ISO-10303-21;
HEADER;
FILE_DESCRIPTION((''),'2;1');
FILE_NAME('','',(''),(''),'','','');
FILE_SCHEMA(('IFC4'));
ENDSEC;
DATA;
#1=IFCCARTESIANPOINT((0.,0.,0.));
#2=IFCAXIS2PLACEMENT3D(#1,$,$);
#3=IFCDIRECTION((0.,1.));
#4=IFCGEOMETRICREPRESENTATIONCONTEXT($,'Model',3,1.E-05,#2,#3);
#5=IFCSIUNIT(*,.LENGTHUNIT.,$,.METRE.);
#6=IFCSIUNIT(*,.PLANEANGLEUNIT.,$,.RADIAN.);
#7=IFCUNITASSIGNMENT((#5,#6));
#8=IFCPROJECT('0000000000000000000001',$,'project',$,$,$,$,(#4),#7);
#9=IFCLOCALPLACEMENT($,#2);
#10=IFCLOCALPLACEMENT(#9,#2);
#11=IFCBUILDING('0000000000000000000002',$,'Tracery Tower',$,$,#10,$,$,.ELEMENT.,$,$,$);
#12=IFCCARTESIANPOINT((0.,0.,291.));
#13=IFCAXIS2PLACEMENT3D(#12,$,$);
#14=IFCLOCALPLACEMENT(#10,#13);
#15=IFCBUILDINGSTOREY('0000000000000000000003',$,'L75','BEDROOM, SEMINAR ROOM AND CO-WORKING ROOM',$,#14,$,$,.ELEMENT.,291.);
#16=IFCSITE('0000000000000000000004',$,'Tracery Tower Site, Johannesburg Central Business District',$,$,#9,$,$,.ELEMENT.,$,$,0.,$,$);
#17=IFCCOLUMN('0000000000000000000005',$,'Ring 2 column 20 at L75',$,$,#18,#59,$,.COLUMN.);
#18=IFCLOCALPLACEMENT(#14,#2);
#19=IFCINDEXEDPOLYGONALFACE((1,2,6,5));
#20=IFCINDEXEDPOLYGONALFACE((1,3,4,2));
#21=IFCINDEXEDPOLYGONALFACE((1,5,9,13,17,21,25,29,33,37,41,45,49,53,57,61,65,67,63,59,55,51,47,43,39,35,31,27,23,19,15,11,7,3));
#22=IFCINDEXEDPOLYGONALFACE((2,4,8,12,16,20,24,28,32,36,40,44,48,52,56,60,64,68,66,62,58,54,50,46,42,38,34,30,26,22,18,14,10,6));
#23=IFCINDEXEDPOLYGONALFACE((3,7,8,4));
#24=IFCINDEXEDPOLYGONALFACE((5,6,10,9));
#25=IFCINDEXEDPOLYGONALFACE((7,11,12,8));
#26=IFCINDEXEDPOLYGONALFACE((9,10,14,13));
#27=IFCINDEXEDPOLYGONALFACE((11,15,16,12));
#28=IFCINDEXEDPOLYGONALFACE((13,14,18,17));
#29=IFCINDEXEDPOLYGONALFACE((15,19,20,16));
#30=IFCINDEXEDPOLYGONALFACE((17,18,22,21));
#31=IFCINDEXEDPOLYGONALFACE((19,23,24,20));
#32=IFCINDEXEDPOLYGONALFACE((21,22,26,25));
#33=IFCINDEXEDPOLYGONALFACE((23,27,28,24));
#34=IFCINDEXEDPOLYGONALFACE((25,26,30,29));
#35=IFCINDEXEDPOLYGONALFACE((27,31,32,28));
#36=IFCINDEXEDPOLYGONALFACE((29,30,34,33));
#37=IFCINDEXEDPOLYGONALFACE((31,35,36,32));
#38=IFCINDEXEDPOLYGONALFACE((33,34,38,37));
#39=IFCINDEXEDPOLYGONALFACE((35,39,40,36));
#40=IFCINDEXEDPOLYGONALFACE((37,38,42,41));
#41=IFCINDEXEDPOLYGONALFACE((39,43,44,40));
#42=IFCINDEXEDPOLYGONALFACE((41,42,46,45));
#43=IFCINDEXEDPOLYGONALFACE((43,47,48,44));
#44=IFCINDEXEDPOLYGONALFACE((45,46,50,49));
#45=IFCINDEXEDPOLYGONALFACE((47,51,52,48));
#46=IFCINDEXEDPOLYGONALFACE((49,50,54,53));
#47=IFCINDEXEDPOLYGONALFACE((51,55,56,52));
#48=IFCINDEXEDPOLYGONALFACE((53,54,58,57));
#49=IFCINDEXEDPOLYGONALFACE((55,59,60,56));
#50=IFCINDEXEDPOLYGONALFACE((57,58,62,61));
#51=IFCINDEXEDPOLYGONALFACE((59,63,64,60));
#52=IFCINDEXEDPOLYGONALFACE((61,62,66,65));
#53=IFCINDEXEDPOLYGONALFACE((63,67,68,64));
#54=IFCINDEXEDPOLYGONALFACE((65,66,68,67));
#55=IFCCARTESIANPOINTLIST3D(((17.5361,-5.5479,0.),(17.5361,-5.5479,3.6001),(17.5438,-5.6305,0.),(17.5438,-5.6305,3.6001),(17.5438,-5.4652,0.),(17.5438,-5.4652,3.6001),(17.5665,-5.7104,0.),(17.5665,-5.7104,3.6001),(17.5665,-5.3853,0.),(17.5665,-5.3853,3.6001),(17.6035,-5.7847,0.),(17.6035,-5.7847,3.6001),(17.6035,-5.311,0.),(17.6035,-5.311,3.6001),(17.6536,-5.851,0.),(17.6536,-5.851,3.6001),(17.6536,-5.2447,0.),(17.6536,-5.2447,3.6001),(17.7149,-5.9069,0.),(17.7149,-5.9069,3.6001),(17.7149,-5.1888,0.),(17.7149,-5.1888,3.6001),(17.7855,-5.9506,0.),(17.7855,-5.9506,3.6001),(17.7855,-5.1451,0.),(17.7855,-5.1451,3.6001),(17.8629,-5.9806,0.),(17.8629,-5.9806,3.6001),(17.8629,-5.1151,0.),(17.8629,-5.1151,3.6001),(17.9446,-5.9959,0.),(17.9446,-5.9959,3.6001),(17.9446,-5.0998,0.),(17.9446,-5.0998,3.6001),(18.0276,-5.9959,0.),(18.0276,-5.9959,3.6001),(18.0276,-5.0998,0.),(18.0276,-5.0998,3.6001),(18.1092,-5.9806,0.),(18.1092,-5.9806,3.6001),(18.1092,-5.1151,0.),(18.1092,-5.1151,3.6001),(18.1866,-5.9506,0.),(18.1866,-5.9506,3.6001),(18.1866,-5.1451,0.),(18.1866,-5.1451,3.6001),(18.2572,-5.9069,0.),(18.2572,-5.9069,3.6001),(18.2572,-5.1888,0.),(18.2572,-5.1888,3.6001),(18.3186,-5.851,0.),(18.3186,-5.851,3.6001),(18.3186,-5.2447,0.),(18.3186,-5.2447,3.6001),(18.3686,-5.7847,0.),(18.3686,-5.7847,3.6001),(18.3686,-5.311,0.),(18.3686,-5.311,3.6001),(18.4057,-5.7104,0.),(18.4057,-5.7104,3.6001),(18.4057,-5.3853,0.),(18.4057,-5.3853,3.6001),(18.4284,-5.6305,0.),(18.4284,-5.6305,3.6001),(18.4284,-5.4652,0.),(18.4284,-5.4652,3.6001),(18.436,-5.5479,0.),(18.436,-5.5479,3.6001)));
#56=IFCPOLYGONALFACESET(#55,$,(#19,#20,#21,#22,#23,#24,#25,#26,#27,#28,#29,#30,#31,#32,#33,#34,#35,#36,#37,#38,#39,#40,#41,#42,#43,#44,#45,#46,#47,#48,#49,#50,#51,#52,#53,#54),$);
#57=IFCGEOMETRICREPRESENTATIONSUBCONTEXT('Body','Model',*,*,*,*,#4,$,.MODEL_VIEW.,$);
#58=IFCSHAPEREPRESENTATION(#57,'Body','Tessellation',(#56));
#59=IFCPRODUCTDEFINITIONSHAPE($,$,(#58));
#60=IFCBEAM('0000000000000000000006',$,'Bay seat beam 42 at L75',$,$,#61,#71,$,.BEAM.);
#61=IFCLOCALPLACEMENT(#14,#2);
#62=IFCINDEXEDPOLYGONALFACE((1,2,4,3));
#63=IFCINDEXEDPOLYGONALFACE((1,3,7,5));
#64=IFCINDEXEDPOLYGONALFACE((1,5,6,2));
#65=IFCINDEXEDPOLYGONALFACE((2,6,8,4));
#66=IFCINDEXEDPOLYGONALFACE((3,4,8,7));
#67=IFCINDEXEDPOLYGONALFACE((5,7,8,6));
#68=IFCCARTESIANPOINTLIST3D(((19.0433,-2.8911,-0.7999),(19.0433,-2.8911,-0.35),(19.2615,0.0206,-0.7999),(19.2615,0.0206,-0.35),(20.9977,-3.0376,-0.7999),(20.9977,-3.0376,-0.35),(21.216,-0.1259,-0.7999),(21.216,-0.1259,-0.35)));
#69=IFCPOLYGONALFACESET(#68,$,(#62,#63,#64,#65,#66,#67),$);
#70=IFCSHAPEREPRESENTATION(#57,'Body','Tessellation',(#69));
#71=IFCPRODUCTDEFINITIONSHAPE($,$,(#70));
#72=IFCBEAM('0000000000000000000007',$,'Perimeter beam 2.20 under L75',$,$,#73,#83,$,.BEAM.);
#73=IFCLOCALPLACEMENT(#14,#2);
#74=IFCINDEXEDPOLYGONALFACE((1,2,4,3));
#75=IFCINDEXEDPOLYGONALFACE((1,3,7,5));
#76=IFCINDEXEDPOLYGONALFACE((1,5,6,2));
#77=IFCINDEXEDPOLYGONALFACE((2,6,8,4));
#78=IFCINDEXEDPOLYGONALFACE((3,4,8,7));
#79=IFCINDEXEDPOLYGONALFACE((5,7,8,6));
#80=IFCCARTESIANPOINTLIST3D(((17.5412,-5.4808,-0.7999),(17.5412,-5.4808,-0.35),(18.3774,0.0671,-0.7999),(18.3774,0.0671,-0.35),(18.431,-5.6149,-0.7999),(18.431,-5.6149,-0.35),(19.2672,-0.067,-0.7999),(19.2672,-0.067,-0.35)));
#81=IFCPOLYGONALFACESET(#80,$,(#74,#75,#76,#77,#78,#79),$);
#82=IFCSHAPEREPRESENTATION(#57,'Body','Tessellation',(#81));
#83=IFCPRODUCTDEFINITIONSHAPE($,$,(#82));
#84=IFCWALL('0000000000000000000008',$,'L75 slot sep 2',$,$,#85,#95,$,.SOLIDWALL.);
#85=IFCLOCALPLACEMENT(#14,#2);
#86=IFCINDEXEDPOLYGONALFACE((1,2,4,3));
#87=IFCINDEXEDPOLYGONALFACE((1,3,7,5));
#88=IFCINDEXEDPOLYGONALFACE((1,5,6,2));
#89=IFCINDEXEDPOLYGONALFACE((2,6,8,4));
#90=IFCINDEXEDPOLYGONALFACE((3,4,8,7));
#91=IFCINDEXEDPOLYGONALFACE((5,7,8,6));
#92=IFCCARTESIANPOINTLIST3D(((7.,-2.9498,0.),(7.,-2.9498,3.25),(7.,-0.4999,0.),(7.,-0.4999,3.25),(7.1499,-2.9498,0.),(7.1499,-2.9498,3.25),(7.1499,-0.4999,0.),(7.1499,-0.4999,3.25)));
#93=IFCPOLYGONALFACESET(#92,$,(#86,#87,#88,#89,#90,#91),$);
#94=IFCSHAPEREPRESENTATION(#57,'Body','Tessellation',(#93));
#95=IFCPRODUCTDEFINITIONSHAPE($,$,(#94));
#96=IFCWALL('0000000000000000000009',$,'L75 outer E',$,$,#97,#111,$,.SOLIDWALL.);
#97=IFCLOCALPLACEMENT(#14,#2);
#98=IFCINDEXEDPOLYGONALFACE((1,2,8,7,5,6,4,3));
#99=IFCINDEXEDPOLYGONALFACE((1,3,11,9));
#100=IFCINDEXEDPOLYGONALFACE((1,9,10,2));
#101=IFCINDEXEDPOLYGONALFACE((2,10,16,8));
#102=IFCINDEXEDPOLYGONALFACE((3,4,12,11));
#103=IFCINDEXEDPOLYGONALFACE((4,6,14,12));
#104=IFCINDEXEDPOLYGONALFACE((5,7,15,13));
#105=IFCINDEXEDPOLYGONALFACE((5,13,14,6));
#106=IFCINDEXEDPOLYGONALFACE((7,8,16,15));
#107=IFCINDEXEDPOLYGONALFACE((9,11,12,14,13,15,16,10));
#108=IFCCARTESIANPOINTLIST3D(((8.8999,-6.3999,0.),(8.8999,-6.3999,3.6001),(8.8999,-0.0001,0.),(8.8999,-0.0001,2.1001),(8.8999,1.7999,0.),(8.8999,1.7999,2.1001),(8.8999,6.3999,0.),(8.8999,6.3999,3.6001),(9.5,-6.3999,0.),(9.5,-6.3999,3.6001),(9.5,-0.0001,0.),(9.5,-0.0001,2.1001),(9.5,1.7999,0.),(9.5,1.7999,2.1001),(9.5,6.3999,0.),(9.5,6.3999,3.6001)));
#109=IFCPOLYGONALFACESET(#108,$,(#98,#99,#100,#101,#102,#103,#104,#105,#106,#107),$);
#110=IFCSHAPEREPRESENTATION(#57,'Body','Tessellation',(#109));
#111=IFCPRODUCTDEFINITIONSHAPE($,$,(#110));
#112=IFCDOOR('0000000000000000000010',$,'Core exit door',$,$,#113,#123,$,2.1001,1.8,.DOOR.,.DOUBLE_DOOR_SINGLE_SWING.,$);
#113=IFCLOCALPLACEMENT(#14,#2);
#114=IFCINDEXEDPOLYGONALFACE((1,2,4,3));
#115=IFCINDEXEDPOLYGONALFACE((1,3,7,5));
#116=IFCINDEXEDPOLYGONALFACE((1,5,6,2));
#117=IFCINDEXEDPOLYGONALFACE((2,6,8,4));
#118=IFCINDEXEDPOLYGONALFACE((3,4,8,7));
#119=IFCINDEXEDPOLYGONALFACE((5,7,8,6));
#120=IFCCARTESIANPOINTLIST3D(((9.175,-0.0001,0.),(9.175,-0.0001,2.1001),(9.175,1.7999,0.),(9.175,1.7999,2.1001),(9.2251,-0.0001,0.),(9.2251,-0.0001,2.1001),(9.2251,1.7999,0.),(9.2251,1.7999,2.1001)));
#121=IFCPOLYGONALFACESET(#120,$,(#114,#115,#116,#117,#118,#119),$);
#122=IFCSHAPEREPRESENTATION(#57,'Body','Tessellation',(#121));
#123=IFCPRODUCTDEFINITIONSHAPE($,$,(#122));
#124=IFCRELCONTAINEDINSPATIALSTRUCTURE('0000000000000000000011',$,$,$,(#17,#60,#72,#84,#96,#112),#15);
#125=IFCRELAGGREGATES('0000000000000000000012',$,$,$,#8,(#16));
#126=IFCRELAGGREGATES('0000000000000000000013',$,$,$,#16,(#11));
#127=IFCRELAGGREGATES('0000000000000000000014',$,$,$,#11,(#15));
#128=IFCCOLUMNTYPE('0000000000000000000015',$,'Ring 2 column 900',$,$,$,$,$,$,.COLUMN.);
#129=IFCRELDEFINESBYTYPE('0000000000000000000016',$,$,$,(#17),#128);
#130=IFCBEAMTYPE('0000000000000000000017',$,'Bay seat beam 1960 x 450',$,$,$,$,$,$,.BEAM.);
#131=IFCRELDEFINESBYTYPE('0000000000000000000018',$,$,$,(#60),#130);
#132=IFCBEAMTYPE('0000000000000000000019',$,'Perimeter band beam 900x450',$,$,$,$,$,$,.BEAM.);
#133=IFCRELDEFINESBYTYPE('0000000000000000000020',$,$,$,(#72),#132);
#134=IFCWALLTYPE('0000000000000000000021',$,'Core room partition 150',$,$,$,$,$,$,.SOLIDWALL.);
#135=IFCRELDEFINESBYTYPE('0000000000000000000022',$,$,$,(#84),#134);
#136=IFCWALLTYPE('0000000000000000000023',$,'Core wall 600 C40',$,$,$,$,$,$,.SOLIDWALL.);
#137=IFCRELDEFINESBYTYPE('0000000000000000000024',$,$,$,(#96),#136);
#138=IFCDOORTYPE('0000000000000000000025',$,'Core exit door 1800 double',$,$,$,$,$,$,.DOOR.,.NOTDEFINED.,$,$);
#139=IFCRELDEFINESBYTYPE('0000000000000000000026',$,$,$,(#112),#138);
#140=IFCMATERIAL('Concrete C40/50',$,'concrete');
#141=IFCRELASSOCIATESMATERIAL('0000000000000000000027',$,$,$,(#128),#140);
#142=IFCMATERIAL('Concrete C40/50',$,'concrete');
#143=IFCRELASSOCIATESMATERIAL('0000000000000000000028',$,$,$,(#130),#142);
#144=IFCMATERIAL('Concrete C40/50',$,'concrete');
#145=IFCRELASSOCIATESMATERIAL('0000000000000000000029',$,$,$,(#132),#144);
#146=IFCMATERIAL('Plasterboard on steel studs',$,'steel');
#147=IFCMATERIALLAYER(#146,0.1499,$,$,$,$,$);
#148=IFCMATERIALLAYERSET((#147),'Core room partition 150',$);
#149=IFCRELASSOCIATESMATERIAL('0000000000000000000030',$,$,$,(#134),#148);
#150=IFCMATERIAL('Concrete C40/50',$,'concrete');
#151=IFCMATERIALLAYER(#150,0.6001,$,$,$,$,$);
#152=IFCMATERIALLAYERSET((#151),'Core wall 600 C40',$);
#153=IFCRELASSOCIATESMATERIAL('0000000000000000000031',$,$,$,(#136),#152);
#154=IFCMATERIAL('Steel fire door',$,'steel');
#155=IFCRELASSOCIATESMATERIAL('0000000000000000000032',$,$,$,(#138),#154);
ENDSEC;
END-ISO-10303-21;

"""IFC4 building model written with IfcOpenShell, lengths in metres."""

from ifc_helpers import new_model, si_unit, direction, frame, frame_2d, origin, origin_2d, place, context, subcontext, project, spatial, rectangle, circle, extrude, material, layer, layer_set, material_profile, profile_set, type_object, element, fill, save


model = new_model("IFC4")

# Units and contexts
model_context = context("Model", 3, precision=1e-05, world=origin(), true_north=direction((0.0, 1.0)))
body_context = subcontext(model_context, "Body", "Model", "MODEL_VIEW")
ifc_project = project(units=[si_unit("LENGTHUNIT", "METRE"), si_unit("PLANEANGLEUNIT", "RADIAN")], contexts=[model_context])

# Site, building, storey
site_placement = place(None, origin())
site = spatial("IfcSite", under=ifc_project, at=site_placement, Name="Tracery Tower Site, Johannesburg Central Business District", CompositionType="ELEMENT", RefElevation=0.0)
building_placement = place(site_placement, origin())
building = spatial("IfcBuilding", under=site, at=building_placement, Name="Tracery Tower", CompositionType="ELEMENT")
storey_placement = place(building_placement, frame((0.0, 0.0, 291.0)))
storey = spatial("IfcBuildingStorey", under=building, at=storey_placement, Name="L75", Description="BEDROOM, SEMINAR ROOM AND CO-WORKING ROOM", CompositionType="ELEMENT", Elevation=291.0)

# Column
ifc_material_1 = material(Name="Concrete C40/50", Category="concrete")
ifc_material_profile_1 = material_profile(ifc_material_1, circle(Radius=0.45, at=origin_2d()), Name="RC D900")
ifc_profile_set_1 = profile_set([ifc_material_profile_1], Name="Concrete C40/50")
column_type = type_object("IfcColumnType", Name="Ring 2 column 900", PredefinedType="COLUMN", material=ifc_profile_set_1)
column_placement = place(storey_placement, frame((17.9861, -5.5479, 0.0), z_axis=(0.0, 0.0, 1.0), x_axis=(1.0, 0.0, 0.0)))
element("IfcColumn", 1, at=column_placement, inside=storey, type_object=column_type, Name="Ring 2 column 20 at L75", PredefinedType="COLUMN", context=body_context, shape_type="SweptSolid", body=[
    extrude(circle(Radius=0.45, at=origin_2d()), origin(), (0.0, 0.0, 1.0), 3.6001),
])

# Beams
ifc_material_2 = material(Name="Concrete C40/50", Category="concrete")
ifc_material_profile_2 = material_profile(ifc_material_2, rectangle(XDim=1.96, YDim=0.45, at=origin_2d()), Name="RC 1960x450")
ifc_profile_set_2 = profile_set([ifc_material_profile_2], Name="Concrete C40/50")
beam_type_1 = type_object("IfcBeamType", Name="Bay seat beam 1960 x 450", PredefinedType="BEAM", material=ifc_profile_set_2)
beam_1_placement = place(storey_placement, frame((20.0205, -2.9644, -0.575), z_axis=(0.074746, 0.997203, 0.0), x_axis=(-0.997203, 0.074746, 0.0)))
element("IfcBeam", 2, at=beam_1_placement, inside=storey, type_object=beam_type_1, Name="Bay seat beam 42 at L75", PredefinedType="BEAM", context=body_context, shape_type="SweptSolid", body=[
    extrude(rectangle(XDim=1.96, YDim=0.45, at=origin_2d()), origin(), (0.0, 0.0, 1.0), 2.9199),
])
ifc_material_3 = material(Name="Concrete C40/50", Category="concrete")
ifc_material_profile_3 = material_profile(ifc_material_3, rectangle(XDim=0.8999, YDim=0.45, at=origin_2d()), Name="RC 900x450")
ifc_profile_set_3 = profile_set([ifc_material_profile_3], Name="Concrete C40/50")
beam_type_2 = type_object("IfcBeamType", Name="Perimeter band beam 900x450", PredefinedType="BEAM", material=ifc_profile_set_3)
beam_2_placement = place(storey_placement, frame((17.9861, -5.5479, -0.575), z_axis=(0.149038, 0.988831, 0.0), x_axis=(-0.988831, 0.149038, 0.0)))
element("IfcBeam", 3, at=beam_2_placement, inside=storey, type_object=beam_type_2, Name="Perimeter beam 2.20 under L75", PredefinedType="BEAM", context=body_context, shape_type="SweptSolid", body=[
    extrude(rectangle(XDim=0.8999, YDim=0.45, at=origin_2d()), origin(), (0.0, 0.0, 1.0), 5.6106),
])

# Wall
ifc_material_4 = material(Name="Plasterboard on steel studs", Category="steel")
ifc_layer_1 = layer(ifc_material_4, 0.1499)
ifc_layer_set_1 = layer_set([ifc_layer_1], Name="Core room partition 150")
wall_type_1 = type_object("IfcWallType", Name="Core room partition 150", PredefinedType="SOLIDWALL", material=ifc_layer_set_1)
wall_1_placement = place(storey_placement, frame((7.075, -2.95, 0.0), z_axis=(0.0, 0.0, 1.0), x_axis=(0.0, 1.0, 0.0)))
element("IfcWall", 4, at=wall_1_placement, inside=storey, type_object=wall_type_1, Name="L75 slot sep 2", PredefinedType="SOLIDWALL", context=body_context, shape_type="SweptSolid", body=[
    extrude(rectangle(XDim=2.45, YDim=0.1499, at=frame_2d((1.2251, 0.0))), origin(), (0.0, 0.0, 1.0), 3.25),
])

# Wall, opening, door
ifc_material_5 = material(Name="Concrete C40/50", Category="concrete")
ifc_layer_2 = layer(ifc_material_5, 0.6001)
ifc_layer_set_2 = layer_set([ifc_layer_2], Name="Core wall 600 C40")
wall_type_2 = type_object("IfcWallType", Name="Core wall 600 C40", PredefinedType="SOLIDWALL", material=ifc_layer_set_2)
wall_2_placement = place(storey_placement, frame((9.2, -6.3999, 0.0), z_axis=(0.0, 0.0, 1.0), x_axis=(0.0, 1.0, 0.0)))
wall_2 = element("IfcWall", 5, at=wall_2_placement, inside=storey, type_object=wall_type_2, Name="L75 outer E", PredefinedType="SOLIDWALL", context=body_context, shape_type="SweptSolid", body=[
    extrude(rectangle(XDim=12.7998, YDim=0.6001, at=frame_2d((6.3999, 0.0))), origin(), (0.0, 0.0, 1.0), 3.6001),
])
opening_1_placement = place(wall_2_placement, frame((6.3999, 0.0, 0.0)))
opening_1 = element("IfcOpeningElement", 6, at=opening_1_placement, cuts=wall_2, PredefinedType="OPENING", context=body_context, shape_type="SweptSolid", body=[
    extrude(rectangle(XDim=1.8, YDim=2.1001, at=frame_2d((0.8999, 1.05))), frame((0.0, 0.3, 0.0), z_axis=(0.0, -1.0, 0.0), x_axis=(1.0, 0.0, 0.0)), (0.0, 0.0, 1.0), 0.6001),
])
ifc_material_6 = material(Name="Steel fire door", Category="steel")
door_type_1 = type_object("IfcDoorType", Name="Core exit door 1800 double", OperationType="NOTDEFINED", PredefinedType="DOOR", material=ifc_material_6)
door_1_placement = place(opening_1_placement, origin())
door_1 = element("IfcDoor", 7, at=door_1_placement, inside=storey, type_object=door_type_1, Name="Core exit door", OperationType="DOUBLE_DOOR_SINGLE_SWING", OverallHeight=2.1001, OverallWidth=1.8, PredefinedType="DOOR", context=body_context, shape_type="SweptSolid", body=[
    extrude(rectangle(XDim=1.8, YDim=2.1001, at=frame_2d((0.8999, 1.05))), frame((0.0, 0.0249, 0.0), z_axis=(0.0, -1.0, 0.0), x_axis=(1.0, 0.0, 0.0)), (0.0, 0.0, 1.0), 0.05),
])
fill(opening_1, door_1)

save(model, "model.ifc")
